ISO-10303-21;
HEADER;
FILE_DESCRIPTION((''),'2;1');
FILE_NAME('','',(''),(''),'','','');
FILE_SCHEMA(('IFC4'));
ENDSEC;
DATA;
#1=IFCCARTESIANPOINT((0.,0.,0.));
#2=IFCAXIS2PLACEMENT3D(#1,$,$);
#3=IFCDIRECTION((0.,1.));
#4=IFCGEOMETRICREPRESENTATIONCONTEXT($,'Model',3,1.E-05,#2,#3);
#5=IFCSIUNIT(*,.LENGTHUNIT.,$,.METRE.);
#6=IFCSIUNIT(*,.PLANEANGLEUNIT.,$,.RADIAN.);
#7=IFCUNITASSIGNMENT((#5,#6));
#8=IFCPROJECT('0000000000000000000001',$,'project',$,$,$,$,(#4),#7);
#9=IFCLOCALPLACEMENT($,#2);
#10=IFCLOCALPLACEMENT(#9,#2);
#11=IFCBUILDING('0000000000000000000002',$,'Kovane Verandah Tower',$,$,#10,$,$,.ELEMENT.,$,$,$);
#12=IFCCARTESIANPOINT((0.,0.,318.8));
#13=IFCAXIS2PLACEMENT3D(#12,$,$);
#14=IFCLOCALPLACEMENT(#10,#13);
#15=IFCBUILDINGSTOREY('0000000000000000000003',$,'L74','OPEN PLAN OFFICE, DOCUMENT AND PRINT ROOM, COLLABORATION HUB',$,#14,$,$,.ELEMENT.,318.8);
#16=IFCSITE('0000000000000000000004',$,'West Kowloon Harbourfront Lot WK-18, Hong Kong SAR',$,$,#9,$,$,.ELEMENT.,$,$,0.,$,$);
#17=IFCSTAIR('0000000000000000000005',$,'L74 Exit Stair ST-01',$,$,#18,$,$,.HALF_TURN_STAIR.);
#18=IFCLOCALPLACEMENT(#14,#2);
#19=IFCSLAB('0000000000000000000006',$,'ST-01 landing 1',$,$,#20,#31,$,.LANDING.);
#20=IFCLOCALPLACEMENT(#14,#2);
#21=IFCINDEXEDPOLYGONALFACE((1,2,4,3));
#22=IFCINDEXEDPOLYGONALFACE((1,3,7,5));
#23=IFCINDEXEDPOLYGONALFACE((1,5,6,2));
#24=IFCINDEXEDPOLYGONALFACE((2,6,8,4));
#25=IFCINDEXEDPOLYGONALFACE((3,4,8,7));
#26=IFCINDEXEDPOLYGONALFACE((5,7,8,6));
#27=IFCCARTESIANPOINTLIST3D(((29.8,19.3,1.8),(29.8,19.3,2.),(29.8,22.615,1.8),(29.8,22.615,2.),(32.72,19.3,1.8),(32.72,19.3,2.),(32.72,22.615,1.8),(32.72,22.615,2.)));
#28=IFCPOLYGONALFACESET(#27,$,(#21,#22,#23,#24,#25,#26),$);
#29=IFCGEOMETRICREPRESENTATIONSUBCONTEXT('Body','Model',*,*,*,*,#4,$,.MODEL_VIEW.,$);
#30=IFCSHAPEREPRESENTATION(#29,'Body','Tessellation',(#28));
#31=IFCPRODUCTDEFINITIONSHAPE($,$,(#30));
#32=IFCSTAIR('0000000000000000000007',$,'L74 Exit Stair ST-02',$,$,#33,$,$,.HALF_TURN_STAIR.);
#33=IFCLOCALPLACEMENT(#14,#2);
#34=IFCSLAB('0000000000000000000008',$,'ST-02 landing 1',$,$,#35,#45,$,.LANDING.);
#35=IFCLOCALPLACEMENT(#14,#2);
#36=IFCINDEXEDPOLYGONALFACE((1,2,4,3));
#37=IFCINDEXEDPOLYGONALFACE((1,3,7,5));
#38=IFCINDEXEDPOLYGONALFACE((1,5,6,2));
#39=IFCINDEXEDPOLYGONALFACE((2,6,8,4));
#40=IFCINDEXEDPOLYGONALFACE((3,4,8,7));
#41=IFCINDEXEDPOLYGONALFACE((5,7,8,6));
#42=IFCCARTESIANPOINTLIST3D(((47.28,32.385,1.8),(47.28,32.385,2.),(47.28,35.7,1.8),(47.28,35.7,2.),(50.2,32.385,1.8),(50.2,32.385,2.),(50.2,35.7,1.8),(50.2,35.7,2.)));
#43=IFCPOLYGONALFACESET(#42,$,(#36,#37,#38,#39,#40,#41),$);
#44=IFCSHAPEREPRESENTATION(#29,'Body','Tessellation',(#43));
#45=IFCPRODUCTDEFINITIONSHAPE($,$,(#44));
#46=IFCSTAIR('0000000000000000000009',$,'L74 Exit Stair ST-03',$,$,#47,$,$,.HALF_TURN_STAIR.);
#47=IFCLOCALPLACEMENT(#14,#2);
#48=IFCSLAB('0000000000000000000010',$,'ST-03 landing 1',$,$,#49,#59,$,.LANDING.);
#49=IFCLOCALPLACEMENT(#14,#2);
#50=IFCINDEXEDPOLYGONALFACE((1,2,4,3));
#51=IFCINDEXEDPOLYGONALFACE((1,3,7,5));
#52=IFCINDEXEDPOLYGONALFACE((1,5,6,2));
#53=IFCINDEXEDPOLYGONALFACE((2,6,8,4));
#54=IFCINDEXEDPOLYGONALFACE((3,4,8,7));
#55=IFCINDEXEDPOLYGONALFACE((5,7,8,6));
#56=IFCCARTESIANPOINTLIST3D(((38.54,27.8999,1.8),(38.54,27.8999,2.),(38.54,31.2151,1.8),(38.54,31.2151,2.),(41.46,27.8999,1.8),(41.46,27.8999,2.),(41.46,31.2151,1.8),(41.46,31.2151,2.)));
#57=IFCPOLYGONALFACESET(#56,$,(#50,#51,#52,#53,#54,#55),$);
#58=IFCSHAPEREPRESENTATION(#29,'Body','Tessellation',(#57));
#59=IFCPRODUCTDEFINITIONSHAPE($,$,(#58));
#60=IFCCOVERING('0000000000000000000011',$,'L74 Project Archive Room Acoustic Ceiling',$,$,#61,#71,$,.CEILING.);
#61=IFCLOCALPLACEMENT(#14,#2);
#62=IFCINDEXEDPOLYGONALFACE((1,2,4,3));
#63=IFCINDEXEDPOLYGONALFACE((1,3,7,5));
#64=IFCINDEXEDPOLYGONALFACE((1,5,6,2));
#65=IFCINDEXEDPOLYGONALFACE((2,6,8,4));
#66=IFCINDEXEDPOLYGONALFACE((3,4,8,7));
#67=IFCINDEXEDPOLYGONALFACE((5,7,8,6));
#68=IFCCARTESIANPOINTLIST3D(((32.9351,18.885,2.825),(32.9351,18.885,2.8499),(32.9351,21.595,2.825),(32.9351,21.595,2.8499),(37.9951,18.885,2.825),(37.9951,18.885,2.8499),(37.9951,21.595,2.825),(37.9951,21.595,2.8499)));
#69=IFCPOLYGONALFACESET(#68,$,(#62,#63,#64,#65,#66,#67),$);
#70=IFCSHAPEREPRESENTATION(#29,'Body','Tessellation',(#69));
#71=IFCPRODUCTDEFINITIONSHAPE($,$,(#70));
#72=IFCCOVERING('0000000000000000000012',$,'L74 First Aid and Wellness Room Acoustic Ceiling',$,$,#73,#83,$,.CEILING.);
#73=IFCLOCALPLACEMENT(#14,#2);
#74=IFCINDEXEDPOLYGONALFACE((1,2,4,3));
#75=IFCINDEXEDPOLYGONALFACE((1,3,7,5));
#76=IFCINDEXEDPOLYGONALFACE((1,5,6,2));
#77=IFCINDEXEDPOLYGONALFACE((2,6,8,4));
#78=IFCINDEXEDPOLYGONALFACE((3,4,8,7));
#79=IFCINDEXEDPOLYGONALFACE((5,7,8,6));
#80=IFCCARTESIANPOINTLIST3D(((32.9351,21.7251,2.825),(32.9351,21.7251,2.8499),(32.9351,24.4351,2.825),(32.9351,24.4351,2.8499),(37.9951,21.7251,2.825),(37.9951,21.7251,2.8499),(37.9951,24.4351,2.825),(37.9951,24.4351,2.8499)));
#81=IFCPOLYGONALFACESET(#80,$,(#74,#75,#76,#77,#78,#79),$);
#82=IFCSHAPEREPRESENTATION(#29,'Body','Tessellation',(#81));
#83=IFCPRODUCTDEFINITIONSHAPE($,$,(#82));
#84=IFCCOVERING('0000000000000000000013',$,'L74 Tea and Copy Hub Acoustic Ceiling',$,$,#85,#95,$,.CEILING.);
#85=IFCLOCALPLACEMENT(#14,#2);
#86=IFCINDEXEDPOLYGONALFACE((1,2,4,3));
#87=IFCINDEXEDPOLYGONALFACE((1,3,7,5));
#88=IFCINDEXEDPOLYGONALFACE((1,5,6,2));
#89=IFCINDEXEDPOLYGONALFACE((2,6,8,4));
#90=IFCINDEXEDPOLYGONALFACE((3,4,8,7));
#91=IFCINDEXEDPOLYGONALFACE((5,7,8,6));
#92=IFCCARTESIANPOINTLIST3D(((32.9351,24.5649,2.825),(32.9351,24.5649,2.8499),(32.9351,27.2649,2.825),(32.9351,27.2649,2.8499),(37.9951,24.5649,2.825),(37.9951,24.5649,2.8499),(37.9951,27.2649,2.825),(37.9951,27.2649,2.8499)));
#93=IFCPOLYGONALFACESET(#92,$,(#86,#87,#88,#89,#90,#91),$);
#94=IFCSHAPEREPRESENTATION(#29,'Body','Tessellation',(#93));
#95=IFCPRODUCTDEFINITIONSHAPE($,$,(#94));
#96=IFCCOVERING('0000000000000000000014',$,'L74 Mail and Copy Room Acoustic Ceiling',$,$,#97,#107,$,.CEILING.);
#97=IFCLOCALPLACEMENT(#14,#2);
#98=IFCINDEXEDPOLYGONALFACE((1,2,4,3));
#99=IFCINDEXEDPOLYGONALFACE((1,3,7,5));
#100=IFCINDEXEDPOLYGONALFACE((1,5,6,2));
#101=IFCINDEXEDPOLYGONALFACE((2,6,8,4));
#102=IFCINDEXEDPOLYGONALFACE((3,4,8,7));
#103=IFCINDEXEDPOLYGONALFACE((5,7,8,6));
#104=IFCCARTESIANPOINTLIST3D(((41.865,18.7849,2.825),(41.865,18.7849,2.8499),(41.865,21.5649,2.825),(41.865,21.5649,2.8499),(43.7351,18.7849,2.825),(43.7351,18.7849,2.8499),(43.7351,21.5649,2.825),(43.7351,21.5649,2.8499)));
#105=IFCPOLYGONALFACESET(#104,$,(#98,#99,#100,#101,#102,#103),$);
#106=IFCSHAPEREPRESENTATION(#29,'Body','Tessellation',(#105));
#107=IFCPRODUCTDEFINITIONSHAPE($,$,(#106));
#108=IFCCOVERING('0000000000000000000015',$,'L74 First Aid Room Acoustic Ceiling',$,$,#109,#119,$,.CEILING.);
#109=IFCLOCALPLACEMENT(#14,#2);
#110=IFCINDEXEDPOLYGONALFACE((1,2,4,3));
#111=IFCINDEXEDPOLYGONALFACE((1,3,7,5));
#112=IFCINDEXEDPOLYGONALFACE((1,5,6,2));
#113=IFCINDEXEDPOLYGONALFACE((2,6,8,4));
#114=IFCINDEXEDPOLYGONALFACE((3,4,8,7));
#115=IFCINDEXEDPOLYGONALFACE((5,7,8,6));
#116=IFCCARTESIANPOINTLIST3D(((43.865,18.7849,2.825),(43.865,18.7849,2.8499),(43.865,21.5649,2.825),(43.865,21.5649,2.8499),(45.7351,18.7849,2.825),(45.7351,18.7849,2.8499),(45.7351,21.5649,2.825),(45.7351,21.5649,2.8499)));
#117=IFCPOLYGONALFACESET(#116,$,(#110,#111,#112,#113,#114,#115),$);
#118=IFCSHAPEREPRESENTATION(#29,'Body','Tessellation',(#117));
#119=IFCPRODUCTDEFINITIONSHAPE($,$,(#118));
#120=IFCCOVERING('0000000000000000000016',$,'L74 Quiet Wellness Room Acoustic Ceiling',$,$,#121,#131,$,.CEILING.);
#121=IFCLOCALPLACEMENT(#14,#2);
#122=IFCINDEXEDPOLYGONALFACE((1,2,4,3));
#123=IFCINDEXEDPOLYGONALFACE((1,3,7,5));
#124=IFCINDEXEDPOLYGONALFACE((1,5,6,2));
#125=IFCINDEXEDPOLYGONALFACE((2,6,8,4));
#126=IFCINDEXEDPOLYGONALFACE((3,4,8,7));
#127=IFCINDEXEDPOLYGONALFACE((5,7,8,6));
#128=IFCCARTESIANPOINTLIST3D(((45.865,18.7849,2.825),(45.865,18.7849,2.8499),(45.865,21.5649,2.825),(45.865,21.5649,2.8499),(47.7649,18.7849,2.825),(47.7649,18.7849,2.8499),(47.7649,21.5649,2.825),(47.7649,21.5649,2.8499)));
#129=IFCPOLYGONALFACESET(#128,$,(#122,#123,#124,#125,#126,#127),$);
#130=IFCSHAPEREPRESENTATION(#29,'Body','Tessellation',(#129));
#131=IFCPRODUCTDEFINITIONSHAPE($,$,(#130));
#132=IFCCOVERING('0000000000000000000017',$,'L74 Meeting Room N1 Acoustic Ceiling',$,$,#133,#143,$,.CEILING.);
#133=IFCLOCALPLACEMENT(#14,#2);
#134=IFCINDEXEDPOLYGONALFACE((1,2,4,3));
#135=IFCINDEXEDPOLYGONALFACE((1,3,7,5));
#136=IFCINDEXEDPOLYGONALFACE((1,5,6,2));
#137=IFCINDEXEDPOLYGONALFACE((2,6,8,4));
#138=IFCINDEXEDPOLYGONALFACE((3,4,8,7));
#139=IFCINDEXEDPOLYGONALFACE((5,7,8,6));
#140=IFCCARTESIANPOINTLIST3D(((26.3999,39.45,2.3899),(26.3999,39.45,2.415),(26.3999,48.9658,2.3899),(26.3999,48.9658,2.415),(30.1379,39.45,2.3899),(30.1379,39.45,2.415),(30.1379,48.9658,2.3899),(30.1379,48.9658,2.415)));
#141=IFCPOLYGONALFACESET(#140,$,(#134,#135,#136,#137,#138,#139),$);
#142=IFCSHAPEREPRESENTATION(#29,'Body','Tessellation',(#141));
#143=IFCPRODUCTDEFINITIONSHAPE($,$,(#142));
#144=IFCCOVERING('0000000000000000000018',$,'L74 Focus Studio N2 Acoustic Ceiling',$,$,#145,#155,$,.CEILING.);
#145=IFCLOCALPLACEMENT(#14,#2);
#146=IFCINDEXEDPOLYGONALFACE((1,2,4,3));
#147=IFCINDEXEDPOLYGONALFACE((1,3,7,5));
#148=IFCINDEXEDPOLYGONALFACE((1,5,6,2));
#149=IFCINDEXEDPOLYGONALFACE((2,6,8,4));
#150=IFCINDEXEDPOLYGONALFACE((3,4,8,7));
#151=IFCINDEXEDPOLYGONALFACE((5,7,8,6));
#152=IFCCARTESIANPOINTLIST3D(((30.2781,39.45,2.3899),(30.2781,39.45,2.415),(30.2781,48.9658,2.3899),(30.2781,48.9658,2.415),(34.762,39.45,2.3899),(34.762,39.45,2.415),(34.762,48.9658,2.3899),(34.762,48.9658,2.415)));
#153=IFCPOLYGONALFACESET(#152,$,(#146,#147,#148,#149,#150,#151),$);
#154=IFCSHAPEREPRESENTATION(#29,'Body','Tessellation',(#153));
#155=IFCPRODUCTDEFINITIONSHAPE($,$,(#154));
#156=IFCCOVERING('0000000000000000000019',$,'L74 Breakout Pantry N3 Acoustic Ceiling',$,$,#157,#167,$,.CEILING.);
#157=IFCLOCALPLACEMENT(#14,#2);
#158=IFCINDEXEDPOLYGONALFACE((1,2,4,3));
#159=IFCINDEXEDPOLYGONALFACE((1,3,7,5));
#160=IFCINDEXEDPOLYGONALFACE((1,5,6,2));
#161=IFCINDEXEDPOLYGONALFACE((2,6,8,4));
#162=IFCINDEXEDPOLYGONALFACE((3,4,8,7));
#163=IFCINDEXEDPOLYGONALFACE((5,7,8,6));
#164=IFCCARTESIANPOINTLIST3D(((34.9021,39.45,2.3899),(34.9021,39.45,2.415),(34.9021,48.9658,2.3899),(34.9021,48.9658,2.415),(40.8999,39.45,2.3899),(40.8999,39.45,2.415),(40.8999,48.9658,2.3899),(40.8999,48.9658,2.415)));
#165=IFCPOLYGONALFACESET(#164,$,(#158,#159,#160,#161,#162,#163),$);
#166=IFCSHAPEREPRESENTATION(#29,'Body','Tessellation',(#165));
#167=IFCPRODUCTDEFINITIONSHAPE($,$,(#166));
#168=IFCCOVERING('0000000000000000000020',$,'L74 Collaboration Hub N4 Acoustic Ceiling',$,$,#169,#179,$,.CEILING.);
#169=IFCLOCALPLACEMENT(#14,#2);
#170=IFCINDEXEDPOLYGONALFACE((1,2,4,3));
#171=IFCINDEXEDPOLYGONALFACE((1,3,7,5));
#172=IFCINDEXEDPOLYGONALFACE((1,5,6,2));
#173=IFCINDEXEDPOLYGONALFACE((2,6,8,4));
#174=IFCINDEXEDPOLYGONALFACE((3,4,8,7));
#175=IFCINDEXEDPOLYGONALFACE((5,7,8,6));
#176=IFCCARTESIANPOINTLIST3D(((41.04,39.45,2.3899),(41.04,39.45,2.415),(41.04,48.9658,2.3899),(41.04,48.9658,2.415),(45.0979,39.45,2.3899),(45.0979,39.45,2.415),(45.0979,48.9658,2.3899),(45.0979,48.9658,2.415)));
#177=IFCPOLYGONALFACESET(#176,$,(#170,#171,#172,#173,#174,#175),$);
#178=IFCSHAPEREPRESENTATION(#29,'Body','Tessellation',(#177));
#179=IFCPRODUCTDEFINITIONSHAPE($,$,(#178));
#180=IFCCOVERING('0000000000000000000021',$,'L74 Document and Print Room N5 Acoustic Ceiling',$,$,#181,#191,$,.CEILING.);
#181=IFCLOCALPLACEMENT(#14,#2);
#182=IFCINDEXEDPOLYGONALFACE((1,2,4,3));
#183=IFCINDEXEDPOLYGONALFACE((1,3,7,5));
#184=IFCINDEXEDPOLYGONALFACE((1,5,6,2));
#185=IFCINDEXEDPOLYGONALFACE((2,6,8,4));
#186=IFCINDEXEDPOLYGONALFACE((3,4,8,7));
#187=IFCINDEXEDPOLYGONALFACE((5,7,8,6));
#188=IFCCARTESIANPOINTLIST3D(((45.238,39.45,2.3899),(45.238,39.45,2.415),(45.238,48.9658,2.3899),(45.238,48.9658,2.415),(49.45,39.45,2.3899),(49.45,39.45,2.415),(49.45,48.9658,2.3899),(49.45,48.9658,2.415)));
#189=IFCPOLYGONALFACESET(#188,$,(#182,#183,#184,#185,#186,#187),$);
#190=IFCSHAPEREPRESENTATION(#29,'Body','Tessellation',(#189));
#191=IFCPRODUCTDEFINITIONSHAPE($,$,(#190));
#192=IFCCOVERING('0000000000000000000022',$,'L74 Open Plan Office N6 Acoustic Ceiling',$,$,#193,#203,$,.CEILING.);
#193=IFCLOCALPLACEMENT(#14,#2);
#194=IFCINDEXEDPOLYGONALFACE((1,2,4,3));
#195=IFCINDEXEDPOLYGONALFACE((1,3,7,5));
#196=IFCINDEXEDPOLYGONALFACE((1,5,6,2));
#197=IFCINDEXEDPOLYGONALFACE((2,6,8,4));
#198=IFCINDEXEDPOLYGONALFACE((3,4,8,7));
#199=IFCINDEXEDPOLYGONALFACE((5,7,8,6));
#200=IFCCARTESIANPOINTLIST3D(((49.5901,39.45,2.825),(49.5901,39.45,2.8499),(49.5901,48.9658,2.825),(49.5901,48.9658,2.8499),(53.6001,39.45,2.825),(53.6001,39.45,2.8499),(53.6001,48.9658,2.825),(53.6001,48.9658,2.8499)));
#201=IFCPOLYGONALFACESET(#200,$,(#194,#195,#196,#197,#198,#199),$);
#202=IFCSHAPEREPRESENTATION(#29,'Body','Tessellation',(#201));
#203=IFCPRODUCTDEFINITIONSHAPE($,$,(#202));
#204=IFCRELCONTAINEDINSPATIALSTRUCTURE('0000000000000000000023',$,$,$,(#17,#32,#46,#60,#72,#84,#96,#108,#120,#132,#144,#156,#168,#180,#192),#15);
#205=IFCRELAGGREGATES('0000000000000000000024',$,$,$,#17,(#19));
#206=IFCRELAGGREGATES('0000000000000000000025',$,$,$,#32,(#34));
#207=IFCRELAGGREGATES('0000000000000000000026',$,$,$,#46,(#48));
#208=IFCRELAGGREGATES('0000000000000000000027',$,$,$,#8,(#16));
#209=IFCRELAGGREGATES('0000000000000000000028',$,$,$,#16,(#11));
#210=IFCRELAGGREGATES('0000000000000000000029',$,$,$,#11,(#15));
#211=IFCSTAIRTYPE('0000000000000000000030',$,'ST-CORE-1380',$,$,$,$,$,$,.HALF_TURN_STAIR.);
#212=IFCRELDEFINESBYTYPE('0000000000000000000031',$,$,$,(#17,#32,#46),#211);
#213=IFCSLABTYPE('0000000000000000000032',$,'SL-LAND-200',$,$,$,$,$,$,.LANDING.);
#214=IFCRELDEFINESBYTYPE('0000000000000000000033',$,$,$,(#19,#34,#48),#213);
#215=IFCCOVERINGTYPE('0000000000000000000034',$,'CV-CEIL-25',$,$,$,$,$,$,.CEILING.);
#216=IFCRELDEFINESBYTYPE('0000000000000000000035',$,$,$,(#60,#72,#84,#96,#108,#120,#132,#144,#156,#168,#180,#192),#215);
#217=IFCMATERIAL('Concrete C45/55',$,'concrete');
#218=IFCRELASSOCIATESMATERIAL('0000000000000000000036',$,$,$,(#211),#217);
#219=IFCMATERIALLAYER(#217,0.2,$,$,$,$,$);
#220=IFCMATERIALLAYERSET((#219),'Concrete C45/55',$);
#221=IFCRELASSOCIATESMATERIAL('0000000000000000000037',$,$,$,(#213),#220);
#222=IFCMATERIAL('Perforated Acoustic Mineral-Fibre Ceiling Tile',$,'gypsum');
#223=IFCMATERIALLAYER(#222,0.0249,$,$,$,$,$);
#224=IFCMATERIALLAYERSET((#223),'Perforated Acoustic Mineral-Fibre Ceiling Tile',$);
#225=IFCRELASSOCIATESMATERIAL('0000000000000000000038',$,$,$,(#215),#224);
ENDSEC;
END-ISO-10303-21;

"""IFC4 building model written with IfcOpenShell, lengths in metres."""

from ifc_helpers import new_model, si_unit, direction, frame, origin, place, context, subcontext, project, spatial, polyline, outline, extrude, material, layer, layer_set, type_object, element, aggregate, save


model = new_model("IFC4")

# Units and contexts
model_context = context("Model", 3, precision=1e-05, world=origin(), true_north=direction((0.0, 1.0)))
body_context = subcontext(model_context, "Body", "Model", "MODEL_VIEW")
ifc_project = project(units=[si_unit("LENGTHUNIT", "METRE"), si_unit("PLANEANGLEUNIT", "RADIAN")], contexts=[model_context])

# Site, building, storey
site_placement = place(None, origin())
site = spatial("IfcSite", under=ifc_project, at=site_placement, Name="West Kowloon Harbourfront Lot WK-18, Hong Kong SAR", CompositionType="ELEMENT", RefElevation=0.0)
building_placement = place(site_placement, origin())
building = spatial("IfcBuilding", under=site, at=building_placement, Name="Kovane Verandah Tower", CompositionType="ELEMENT")
storey_placement = place(building_placement, frame((0.0, 0.0, 318.8)))
storey = spatial("IfcBuildingStorey", under=building, at=storey_placement, Name="L74", Description="OPEN PLAN OFFICE, DOCUMENT AND PRINT ROOM, COLLABORATION HUB", CompositionType="ELEMENT", Elevation=318.8)

# Stairs, slabs
ifc_material_1 = material(Name="Concrete C45/55", Category="concrete")
stair_type = type_object("IfcStairType", Name="ST-CORE-1380", PredefinedType="HALF_TURN_STAIR", material=ifc_material_1)
stair_1_placement = place(storey_placement, origin())
stair_1 = element("IfcStair", 1, at=stair_1_placement, inside=storey, type_object=stair_type, Name="L74 Exit Stair ST-01", PredefinedType="HALF_TURN_STAIR")
ifc_layer_1 = layer(ifc_material_1, 0.2)
ifc_layer_set_1 = layer_set([ifc_layer_1], Name="Concrete C45/55")
slab_type = type_object("IfcSlabType", Name="SL-LAND-200", PredefinedType="LANDING", material=ifc_layer_set_1)
slab_1_placement = place(storey_placement, frame((0.0, 0.0, 1.8)))
slab_1 = element("IfcSlab", 2, at=slab_1_placement, type_object=slab_type, Name="ST-01 landing 1", PredefinedType="LANDING", context=body_context, shape_type="SweptSolid", body=[
    extrude(outline(polyline([(29.8, 22.615), (29.8, 19.3), (32.72, 19.3), (32.72, 22.615), (29.8, 22.615)])), origin(), (0.0, 0.0, 1.0), 0.2),
])
aggregate(stair_1, [slab_1])
stair_2_placement = place(storey_placement, origin())
stair_2 = element("IfcStair", 3, at=stair_2_placement, inside=storey, type_object=stair_type, Name="L74 Exit Stair ST-02", PredefinedType="HALF_TURN_STAIR")
slab_2_placement = place(storey_placement, frame((0.0, 0.0, 1.8)))
slab_2 = element("IfcSlab", 4, at=slab_2_placement, type_object=slab_type, Name="ST-02 landing 1", PredefinedType="LANDING", context=body_context, shape_type="SweptSolid", body=[
    extrude(outline(polyline([(50.2, 32.385), (50.2, 35.7), (47.28, 35.7), (47.28, 32.385), (50.2, 32.385)])), origin(), (0.0, 0.0, 1.0), 0.2),
])
aggregate(stair_2, [slab_2])
stair_3_placement = place(storey_placement, origin())
stair_3 = element("IfcStair", 5, at=stair_3_placement, inside=storey, type_object=stair_type, Name="L74 Exit Stair ST-03", PredefinedType="HALF_TURN_STAIR")
slab_3_placement = place(storey_placement, frame((0.0, 0.0, 1.8)))
slab_3 = element("IfcSlab", 6, at=slab_3_placement, type_object=slab_type, Name="ST-03 landing 1", PredefinedType="LANDING", context=body_context, shape_type="SweptSolid", body=[
    extrude(outline(polyline([(38.54, 31.2151), (38.54, 27.8999), (41.46, 27.8999), (41.46, 31.2151), (38.54, 31.2151)])), origin(), (0.0, 0.0, 1.0), 0.2),
])
aggregate(stair_3, [slab_3])

# Coverings
ifc_material_2 = material(Name="Perforated Acoustic Mineral-Fibre Ceiling Tile", Category="gypsum")
ifc_layer_2 = layer(ifc_material_2, 0.0249)
ifc_layer_set_2 = layer_set([ifc_layer_2], Name="Perforated Acoustic Mineral-Fibre Ceiling Tile")
covering_type_1 = type_object("IfcCoveringType", Name="CV-CEIL-25", PredefinedType="CEILING", material=ifc_layer_set_2)
covering_1_placement = place(storey_placement, frame((0.0, 0.0, 2.825)))
element("IfcCovering", 7, at=covering_1_placement, inside=storey, type_object=covering_type_1, Name="L74 Project Archive Room Acoustic Ceiling", PredefinedType="CEILING", context=body_context, shape_type="SweptSolid", body=[
    extrude(outline(polyline([(32.9351, 18.885), (37.9951, 18.885), (37.9951, 21.595), (32.9351, 21.595), (32.9351, 18.885)])), origin(), (0.0, 0.0, 1.0), 0.0249),
])
covering_2_placement = place(storey_placement, frame((0.0, 0.0, 2.825)))
element("IfcCovering", 8, at=covering_2_placement, inside=storey, type_object=covering_type_1, Name="L74 First Aid and Wellness Room Acoustic Ceiling", PredefinedType="CEILING", context=body_context, shape_type="SweptSolid", body=[
    extrude(outline(polyline([(32.9351, 21.7251), (37.9951, 21.7251), (37.9951, 24.4351), (32.9351, 24.4351), (32.9351, 21.7251)])), origin(), (0.0, 0.0, 1.0), 0.0249),
])
covering_3_placement = place(storey_placement, frame((0.0, 0.0, 2.825)))
element("IfcCovering", 9, at=covering_3_placement, inside=storey, type_object=covering_type_1, Name="L74 Tea and Copy Hub Acoustic Ceiling", PredefinedType="CEILING", context=body_context, shape_type="SweptSolid", body=[
    extrude(outline(polyline([(32.9351, 24.5649), (37.9951, 24.5649), (37.9951, 27.2649), (32.9351, 27.2649), (32.9351, 24.5649)])), origin(), (0.0, 0.0, 1.0), 0.0249),
])
covering_4_placement = place(storey_placement, frame((0.0, 0.0, 2.825)))
element("IfcCovering", 10, at=covering_4_placement, inside=storey, type_object=covering_type_1, Name="L74 Mail and Copy Room Acoustic Ceiling", PredefinedType="CEILING", context=body_context, shape_type="SweptSolid", body=[
    extrude(outline(polyline([(41.865, 18.7849), (43.7351, 18.7849), (43.7351, 21.5649), (41.865, 21.5649), (41.865, 18.7849)])), origin(), (0.0, 0.0, 1.0), 0.0249),
])
covering_5_placement = place(storey_placement, frame((0.0, 0.0, 2.825)))
element("IfcCovering", 11, at=covering_5_placement, inside=storey, type_object=covering_type_1, Name="L74 First Aid Room Acoustic Ceiling", PredefinedType="CEILING", context=body_context, shape_type="SweptSolid", body=[
    extrude(outline(polyline([(43.865, 18.7849), (45.7351, 18.7849), (45.7351, 21.5649), (43.865, 21.5649), (43.865, 18.7849)])), origin(), (0.0, 0.0, 1.0), 0.0249),
])
covering_6_placement = place(storey_placement, frame((0.0, 0.0, 2.825)))
element("IfcCovering", 12, at=covering_6_placement, inside=storey, type_object=covering_type_1, Name="L74 Quiet Wellness Room Acoustic Ceiling", PredefinedType="CEILING", context=body_context, shape_type="SweptSolid", body=[
    extrude(outline(polyline([(45.865, 18.7849), (47.7649, 18.7849), (47.7649, 21.5649), (45.865, 21.5649), (45.865, 18.7849)])), origin(), (0.0, 0.0, 1.0), 0.0249),
])
covering_7_placement = place(storey_placement, frame((0.0, 0.0, 2.3899)))
element("IfcCovering", 13, at=covering_7_placement, inside=storey, type_object=covering_type_1, Name="L74 Meeting Room N1 Acoustic Ceiling", PredefinedType="CEILING", context=body_context, shape_type="SweptSolid", body=[
    extrude(outline(polyline([(26.3999, 39.45), (30.1379, 39.45), (30.1379, 48.9658), (26.3999, 48.9658), (26.3999, 39.45)])), origin(), (0.0, 0.0, 1.0), 0.0251),
])
covering_8_placement = place(storey_placement, frame((0.0, 0.0, 2.3899)))
element("IfcCovering", 14, at=covering_8_placement, inside=storey, type_object=covering_type_1, Name="L74 Focus Studio N2 Acoustic Ceiling", PredefinedType="CEILING", context=body_context, shape_type="SweptSolid", body=[
    extrude(outline(polyline([(30.2781, 39.45), (34.762, 39.45), (34.762, 48.9658), (30.2781, 48.9658), (30.2781, 39.45)])), origin(), (0.0, 0.0, 1.0), 0.0251),
])
covering_9_placement = place(storey_placement, frame((0.0, 0.0, 2.3899)))
element("IfcCovering", 15, at=covering_9_placement, inside=storey, type_object=covering_type_1, Name="L74 Breakout Pantry N3 Acoustic Ceiling", PredefinedType="CEILING", context=body_context, shape_type="SweptSolid", body=[
    extrude(outline(polyline([(34.9021, 39.45), (40.8999, 39.45), (40.8999, 48.9658), (34.9021, 48.9658), (34.9021, 39.45)])), origin(), (0.0, 0.0, 1.0), 0.0251),
])
covering_10_placement = place(storey_placement, frame((0.0, 0.0, 2.3899)))
element("IfcCovering", 16, at=covering_10_placement, inside=storey, type_object=covering_type_1, Name="L74 Collaboration Hub N4 Acoustic Ceiling", PredefinedType="CEILING", context=body_context, shape_type="SweptSolid", body=[
    extrude(outline(polyline([(41.04, 39.45), (45.0979, 39.45), (45.0979, 48.9658), (41.04, 48.9658), (41.04, 39.45)])), origin(), (0.0, 0.0, 1.0), 0.0251),
])
covering_11_placement = place(storey_placement, frame((0.0, 0.0, 2.3899)))
element("IfcCovering", 17, at=covering_11_placement, inside=storey, type_object=covering_type_1, Name="L74 Document and Print Room N5 Acoustic Ceiling", PredefinedType="CEILING", context=body_context, shape_type="SweptSolid", body=[
    extrude(outline(polyline([(45.238, 39.45), (49.45, 39.45), (49.45, 48.9658), (45.238, 48.9658), (45.238, 39.45)])), origin(), (0.0, 0.0, 1.0), 0.0251),
])
covering_12_placement = place(storey_placement, frame((0.0, 0.0, 2.825)))
element("IfcCovering", 18, at=covering_12_placement, inside=storey, type_object=covering_type_1, Name="L74 Open Plan Office N6 Acoustic Ceiling", PredefinedType="CEILING", context=body_context, shape_type="SweptSolid", body=[
    extrude(outline(polyline([(49.5901, 39.45), (53.6001, 39.45), (53.6001, 48.9658), (49.5901, 48.9658), (49.5901, 39.45)])), origin(), (0.0, 0.0, 1.0), 0.0249),
])

save(model, "model.ifc")
